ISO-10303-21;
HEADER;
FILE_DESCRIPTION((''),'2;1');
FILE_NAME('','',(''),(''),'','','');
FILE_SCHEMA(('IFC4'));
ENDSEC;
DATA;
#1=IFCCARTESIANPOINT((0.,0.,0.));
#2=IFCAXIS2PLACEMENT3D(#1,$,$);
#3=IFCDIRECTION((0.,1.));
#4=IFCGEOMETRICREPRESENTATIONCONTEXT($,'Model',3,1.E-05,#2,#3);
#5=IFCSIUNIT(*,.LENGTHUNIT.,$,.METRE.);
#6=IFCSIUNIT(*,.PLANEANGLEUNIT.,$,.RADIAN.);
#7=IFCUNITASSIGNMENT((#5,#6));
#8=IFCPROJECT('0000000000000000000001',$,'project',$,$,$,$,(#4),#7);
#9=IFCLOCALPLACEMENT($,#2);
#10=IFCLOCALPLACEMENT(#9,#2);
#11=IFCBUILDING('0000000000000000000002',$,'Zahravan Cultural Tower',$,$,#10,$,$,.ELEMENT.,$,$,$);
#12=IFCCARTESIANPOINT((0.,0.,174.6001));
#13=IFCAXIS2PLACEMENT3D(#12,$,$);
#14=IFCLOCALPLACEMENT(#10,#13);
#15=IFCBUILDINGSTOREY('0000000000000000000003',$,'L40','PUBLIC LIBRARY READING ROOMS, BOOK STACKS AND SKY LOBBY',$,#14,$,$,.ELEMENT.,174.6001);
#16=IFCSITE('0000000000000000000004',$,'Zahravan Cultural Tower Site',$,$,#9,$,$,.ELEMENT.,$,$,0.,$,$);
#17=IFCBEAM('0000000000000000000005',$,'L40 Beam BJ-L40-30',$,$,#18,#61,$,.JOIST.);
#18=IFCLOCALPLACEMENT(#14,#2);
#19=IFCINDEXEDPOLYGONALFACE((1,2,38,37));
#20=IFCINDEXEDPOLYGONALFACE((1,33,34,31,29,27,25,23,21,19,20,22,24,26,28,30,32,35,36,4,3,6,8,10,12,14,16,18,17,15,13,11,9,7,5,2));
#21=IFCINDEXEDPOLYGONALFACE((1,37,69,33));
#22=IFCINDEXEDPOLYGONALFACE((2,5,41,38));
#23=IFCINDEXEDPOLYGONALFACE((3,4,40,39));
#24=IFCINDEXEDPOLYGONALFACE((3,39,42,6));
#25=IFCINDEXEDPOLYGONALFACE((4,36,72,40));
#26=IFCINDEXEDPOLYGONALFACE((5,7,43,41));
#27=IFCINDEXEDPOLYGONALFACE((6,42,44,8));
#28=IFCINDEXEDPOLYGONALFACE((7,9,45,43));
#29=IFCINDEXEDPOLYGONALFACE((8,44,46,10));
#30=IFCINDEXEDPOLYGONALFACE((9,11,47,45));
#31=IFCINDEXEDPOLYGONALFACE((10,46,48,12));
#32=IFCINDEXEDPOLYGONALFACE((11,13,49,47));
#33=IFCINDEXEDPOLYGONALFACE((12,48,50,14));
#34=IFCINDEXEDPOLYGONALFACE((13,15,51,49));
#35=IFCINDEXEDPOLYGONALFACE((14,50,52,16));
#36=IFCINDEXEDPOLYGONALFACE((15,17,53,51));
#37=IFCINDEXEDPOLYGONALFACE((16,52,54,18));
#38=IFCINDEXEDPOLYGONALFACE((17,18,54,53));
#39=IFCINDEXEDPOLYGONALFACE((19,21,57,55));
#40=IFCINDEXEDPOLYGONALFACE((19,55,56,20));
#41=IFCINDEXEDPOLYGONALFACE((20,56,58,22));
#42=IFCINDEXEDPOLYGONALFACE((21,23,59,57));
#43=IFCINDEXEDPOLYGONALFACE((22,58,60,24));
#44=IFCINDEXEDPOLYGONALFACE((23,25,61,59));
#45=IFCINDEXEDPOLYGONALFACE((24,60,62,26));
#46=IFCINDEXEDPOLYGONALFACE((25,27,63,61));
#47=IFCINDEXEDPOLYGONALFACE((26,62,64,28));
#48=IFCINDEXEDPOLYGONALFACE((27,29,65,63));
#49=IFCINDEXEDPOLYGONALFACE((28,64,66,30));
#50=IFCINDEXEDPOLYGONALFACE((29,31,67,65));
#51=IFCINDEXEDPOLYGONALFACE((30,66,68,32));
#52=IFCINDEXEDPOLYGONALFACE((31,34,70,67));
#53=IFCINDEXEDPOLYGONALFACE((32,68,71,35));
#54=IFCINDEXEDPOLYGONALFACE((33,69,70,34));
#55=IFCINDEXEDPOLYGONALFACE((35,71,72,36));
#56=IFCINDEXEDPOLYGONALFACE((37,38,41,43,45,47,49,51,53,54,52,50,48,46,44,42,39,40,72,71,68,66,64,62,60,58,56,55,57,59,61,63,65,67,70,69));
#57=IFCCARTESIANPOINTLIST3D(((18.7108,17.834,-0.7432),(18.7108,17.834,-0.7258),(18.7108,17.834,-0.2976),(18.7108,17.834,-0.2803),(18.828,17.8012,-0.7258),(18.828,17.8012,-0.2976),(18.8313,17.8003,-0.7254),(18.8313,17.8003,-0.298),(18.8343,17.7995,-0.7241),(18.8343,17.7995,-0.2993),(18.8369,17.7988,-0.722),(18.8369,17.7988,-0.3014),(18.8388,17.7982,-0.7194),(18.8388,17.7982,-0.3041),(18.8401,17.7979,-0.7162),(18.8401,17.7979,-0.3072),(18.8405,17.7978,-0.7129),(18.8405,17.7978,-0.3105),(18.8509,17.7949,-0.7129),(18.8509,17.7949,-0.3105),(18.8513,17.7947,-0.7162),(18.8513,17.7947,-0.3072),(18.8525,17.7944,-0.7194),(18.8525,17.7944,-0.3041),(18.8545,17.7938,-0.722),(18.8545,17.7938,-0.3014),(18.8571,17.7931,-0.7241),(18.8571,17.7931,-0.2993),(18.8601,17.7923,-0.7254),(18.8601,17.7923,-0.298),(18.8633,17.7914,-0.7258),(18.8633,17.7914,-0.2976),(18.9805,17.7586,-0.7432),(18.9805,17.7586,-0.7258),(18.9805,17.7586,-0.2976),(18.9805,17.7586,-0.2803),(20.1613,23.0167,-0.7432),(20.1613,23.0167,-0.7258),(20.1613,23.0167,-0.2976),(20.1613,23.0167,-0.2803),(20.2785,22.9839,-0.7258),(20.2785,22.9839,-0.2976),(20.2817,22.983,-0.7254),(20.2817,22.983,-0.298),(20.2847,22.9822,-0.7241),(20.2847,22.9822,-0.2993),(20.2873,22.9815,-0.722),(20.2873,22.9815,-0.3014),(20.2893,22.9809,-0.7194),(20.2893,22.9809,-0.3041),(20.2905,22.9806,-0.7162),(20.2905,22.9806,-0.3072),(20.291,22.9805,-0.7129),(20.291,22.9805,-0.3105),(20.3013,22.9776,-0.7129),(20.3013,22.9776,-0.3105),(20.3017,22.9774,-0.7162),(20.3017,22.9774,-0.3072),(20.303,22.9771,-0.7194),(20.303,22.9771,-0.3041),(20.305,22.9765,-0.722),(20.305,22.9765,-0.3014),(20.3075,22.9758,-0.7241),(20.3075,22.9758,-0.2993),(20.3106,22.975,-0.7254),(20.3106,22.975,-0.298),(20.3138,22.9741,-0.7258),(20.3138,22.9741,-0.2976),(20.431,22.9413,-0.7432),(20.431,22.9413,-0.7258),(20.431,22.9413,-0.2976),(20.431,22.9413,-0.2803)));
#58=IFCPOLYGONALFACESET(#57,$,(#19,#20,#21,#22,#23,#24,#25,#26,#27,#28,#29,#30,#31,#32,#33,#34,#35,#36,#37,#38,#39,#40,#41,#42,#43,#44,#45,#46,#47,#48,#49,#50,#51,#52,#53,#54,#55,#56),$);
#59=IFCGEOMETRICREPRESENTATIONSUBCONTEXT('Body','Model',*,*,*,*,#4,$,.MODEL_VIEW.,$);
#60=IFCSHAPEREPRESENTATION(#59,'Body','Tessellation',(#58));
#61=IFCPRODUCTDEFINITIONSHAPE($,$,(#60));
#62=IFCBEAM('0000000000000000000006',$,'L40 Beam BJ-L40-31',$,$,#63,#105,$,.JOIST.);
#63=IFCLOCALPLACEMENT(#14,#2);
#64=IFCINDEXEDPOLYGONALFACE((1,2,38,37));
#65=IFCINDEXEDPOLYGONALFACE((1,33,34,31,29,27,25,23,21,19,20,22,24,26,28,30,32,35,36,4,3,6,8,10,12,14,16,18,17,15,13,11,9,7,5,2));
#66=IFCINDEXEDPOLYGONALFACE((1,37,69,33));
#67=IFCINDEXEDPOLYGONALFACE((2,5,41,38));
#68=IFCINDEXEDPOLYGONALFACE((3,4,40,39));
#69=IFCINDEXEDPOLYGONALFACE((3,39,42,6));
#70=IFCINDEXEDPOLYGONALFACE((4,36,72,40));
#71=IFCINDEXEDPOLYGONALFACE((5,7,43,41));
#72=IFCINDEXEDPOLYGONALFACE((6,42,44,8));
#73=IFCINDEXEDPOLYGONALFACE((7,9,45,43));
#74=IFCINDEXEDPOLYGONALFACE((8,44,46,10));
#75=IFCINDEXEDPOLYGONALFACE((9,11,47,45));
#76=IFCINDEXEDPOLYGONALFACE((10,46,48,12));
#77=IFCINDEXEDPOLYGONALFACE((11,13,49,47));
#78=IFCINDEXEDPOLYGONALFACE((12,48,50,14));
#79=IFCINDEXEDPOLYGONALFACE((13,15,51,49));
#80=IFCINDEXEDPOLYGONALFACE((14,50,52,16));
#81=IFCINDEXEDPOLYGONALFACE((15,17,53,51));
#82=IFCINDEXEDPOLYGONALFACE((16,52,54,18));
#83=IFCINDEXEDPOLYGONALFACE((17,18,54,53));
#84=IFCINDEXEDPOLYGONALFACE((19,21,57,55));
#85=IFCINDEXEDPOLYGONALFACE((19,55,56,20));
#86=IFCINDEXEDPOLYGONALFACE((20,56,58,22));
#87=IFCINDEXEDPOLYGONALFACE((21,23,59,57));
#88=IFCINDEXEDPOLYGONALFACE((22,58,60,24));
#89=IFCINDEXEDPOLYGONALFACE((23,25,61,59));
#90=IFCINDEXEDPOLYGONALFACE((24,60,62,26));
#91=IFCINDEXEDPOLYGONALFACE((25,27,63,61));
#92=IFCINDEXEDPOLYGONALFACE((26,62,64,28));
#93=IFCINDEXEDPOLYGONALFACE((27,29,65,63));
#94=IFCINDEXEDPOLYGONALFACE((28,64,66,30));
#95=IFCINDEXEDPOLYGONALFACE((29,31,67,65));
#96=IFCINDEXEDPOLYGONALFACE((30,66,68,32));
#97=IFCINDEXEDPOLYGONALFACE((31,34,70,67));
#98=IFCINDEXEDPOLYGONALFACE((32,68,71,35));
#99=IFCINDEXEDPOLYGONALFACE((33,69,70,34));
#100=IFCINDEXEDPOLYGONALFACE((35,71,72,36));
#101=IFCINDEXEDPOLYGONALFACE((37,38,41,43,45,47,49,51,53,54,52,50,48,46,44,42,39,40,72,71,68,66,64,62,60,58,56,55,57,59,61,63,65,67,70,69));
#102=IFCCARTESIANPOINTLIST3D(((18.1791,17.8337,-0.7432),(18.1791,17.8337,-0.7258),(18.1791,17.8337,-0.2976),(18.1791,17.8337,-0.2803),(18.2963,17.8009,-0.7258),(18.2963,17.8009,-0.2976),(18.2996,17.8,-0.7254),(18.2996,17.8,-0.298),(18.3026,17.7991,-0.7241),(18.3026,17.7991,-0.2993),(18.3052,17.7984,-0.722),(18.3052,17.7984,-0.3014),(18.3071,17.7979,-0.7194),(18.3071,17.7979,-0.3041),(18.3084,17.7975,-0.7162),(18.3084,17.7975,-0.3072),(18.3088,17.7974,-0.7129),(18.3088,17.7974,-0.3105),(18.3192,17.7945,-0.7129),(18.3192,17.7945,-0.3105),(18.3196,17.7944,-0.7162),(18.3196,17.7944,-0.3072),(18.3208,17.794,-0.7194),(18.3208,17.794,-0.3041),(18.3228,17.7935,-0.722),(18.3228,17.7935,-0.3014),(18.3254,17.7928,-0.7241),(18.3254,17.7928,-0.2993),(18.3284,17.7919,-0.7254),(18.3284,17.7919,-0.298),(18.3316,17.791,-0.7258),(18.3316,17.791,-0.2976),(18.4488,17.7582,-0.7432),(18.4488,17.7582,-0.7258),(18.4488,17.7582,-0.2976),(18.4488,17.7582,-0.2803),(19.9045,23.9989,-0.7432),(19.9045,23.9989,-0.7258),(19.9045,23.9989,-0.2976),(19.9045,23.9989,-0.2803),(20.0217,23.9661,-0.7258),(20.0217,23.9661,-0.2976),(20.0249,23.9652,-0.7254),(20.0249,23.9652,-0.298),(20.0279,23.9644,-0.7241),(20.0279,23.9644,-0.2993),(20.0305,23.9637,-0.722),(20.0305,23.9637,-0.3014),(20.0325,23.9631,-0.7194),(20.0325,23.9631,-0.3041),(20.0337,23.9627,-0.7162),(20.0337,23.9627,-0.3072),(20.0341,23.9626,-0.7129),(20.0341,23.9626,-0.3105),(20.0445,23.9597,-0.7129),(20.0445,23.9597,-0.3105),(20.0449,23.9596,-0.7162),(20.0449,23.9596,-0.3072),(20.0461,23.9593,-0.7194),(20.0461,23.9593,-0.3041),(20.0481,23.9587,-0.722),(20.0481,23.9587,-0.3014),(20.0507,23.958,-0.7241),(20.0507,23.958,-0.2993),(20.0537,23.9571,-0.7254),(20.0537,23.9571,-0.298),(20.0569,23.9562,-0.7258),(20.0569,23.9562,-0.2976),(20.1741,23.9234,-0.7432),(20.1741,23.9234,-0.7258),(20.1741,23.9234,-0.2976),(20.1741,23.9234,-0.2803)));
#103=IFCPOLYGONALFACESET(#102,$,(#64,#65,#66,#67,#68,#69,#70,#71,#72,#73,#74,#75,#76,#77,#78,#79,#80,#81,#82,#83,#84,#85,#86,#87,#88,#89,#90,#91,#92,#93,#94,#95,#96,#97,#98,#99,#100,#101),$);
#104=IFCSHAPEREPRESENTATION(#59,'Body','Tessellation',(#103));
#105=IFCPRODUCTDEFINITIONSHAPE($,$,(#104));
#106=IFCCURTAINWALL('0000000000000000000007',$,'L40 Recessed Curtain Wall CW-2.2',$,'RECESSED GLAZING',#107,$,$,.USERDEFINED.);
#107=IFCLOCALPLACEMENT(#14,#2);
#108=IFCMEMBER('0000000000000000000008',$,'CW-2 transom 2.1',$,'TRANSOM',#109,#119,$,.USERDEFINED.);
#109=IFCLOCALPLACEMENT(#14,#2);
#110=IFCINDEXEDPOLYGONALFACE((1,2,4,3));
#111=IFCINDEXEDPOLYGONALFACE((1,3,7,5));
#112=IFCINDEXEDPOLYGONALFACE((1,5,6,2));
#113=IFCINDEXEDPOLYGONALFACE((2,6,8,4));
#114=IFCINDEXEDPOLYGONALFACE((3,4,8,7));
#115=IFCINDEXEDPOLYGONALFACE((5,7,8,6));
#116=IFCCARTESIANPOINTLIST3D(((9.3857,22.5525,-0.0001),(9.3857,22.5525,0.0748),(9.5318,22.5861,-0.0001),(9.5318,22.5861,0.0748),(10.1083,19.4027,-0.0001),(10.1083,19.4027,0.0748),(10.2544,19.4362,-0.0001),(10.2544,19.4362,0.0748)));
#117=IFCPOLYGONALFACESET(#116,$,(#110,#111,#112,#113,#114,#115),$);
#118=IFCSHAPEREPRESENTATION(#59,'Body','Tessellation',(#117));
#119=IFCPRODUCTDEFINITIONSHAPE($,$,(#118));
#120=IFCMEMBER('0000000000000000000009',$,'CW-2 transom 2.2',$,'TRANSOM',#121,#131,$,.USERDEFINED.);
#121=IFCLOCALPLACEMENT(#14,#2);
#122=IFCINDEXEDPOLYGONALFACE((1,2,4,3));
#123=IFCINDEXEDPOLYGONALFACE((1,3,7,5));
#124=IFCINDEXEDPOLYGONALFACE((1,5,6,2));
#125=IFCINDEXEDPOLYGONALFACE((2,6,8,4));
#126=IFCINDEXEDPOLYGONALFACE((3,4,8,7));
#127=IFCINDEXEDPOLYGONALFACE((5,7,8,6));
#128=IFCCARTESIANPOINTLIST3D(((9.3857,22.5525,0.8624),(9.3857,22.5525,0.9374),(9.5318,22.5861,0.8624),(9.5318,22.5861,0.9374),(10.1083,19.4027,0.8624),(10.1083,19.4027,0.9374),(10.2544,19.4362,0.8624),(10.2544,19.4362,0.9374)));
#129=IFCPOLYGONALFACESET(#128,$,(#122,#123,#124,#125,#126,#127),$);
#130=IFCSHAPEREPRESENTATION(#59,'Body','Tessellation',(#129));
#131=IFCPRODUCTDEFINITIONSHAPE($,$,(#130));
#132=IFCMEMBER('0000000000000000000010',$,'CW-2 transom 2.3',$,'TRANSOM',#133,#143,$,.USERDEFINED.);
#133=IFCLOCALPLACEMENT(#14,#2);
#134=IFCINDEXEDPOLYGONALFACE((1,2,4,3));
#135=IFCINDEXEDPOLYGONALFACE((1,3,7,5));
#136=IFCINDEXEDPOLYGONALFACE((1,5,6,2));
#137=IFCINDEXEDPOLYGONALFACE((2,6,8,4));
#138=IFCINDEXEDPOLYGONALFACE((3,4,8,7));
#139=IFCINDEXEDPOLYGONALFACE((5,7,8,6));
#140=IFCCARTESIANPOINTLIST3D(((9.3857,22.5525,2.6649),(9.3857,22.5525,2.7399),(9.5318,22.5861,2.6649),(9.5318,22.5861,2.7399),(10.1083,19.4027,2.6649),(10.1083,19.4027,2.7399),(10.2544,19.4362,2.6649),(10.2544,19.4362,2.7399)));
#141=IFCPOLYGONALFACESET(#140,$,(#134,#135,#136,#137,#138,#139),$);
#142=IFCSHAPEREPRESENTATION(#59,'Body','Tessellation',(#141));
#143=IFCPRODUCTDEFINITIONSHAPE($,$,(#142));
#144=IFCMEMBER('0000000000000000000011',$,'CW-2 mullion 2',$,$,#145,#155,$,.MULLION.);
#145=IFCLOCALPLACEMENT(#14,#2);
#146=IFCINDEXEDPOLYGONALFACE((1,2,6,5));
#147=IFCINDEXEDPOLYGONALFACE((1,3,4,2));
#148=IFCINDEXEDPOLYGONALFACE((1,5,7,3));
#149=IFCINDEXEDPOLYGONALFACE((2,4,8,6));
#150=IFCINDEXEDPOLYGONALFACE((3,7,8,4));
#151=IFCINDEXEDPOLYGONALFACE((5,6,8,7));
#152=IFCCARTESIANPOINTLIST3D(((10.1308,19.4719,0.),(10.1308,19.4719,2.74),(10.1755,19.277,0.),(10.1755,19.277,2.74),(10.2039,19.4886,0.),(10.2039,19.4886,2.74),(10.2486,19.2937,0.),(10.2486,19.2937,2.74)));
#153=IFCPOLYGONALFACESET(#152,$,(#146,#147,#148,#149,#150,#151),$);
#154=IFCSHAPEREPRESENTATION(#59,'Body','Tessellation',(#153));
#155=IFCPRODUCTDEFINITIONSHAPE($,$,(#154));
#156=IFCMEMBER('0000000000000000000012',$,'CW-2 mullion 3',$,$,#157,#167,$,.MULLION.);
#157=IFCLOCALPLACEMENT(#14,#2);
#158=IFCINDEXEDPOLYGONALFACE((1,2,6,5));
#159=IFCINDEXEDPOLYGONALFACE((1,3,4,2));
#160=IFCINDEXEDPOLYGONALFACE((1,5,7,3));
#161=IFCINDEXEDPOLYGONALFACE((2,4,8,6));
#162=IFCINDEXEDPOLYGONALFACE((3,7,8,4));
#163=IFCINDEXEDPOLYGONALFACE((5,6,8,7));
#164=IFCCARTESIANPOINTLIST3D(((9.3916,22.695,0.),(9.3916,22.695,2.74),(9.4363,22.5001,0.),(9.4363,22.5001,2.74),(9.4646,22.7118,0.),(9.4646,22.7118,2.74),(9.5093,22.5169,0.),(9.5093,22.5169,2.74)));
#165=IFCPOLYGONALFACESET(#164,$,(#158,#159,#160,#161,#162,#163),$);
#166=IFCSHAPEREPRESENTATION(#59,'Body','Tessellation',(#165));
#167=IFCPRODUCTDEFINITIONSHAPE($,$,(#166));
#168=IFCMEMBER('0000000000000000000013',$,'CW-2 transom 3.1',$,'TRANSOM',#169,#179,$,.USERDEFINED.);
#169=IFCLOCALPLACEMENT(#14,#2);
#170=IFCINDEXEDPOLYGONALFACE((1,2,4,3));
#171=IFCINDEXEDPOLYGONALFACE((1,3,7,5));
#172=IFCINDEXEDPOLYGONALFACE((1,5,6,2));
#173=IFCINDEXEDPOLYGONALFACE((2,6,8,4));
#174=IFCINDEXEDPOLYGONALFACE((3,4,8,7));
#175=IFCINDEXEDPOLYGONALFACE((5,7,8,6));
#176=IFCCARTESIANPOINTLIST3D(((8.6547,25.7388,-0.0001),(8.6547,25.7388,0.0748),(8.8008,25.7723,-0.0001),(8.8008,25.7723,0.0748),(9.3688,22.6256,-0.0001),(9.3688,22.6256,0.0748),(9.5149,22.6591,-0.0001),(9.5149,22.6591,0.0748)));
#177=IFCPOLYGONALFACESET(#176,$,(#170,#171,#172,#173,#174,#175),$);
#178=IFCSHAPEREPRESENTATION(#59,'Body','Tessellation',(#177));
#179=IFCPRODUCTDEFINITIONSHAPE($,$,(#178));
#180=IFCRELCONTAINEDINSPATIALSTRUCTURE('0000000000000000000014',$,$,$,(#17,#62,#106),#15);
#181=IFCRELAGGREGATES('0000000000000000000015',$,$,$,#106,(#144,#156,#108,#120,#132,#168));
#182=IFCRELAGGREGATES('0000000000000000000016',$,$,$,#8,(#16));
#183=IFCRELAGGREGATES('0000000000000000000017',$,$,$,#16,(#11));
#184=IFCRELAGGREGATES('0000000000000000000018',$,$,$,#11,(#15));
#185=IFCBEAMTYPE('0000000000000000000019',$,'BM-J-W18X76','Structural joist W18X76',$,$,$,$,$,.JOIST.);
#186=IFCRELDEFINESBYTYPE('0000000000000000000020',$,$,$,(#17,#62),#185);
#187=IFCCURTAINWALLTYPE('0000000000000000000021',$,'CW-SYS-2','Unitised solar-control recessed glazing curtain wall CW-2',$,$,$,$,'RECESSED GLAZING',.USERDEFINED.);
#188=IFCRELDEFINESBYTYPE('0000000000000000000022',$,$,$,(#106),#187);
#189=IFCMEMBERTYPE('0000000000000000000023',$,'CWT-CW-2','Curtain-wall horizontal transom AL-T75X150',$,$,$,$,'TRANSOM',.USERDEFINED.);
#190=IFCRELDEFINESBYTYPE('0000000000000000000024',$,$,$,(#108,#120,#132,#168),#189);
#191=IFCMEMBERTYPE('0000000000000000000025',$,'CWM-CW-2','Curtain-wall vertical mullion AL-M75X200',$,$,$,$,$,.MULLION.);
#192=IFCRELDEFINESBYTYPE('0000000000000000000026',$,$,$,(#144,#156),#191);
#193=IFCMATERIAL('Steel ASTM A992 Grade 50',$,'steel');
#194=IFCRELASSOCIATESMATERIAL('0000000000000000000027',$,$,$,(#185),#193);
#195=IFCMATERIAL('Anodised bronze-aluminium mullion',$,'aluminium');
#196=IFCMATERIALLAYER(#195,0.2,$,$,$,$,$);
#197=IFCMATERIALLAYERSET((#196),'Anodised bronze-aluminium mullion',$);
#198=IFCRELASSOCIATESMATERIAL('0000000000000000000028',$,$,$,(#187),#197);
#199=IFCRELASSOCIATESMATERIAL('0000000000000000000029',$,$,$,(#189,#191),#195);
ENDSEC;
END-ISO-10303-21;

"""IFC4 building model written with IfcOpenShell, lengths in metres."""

from ifc_helpers import new_model, si_unit, direction, frame, origin, origin_2d, place, context, subcontext, project, spatial, rectangle, i_section, extrude, source, transform, mapped, material, layer, layer_set, material_profile, profile_set, type_object, element, aggregate, save


model = new_model("IFC4")

# Units and contexts
model_context = context("Model", 3, precision=1e-05, world=origin(), true_north=direction((0.0, 1.0)))
body_context = subcontext(model_context, "Body", "Model", "MODEL_VIEW")
ifc_project = project(units=[si_unit("LENGTHUNIT", "METRE"), si_unit("PLANEANGLEUNIT", "RADIAN")], contexts=[model_context])

# Site, building, storey
site_placement = place(None, origin())
site = spatial("IfcSite", under=ifc_project, at=site_placement, Name="Zahravan Cultural Tower Site", CompositionType="ELEMENT", RefElevation=0.0)
building_placement = place(site_placement, origin())
building = spatial("IfcBuilding", under=site, at=building_placement, Name="Zahravan Cultural Tower", CompositionType="ELEMENT")
storey_placement = place(building_placement, frame((0.0, 0.0, 174.6001)))
storey = spatial("IfcBuildingStorey", under=building, at=storey_placement, Name="L40", Description="PUBLIC LIBRARY READING ROOMS, BOOK STACKS AND SKY LOBBY", CompositionType="ELEMENT", Elevation=174.6001)

# Shared definitions
ifc_material_1 = material(Name="Steel ASTM A992 Grade 50", Category="steel")

# Beams
ifc_material_profile_1 = material_profile(ifc_material_1, i_section(OverallWidth=0.28, OverallDepth=0.4629, WebThickness=0.0107, FlangeThickness=0.0173, FilletRadius=0.0129, at=origin_2d()), Name="W18X76")
ifc_profile_set_1 = profile_set([ifc_material_profile_1], Name="Steel ASTM A992 Grade 50")
beam_type_1 = type_object("IfcBeamType", Name="BM-J-W18X76", Description="Structural joist W18X76", PredefinedType="JOIST", material=ifc_profile_set_1)
shared_shape_1 = source(origin(), body_context, "Body", "SweptSolid", [
    extrude(i_section(OverallWidth=0.28, OverallDepth=0.4629, WebThickness=0.0107, FlangeThickness=0.0173, FilletRadius=0.0129, at=origin_2d()), origin(), (0.0, 0.0, 1.0), 5.3818),
])
beam_1_placement = place(storey_placement, frame((20.2961, 22.979, -0.5117), z_axis=(-0.26951, -0.962997, 0.0), x_axis=(0.962997, -0.26951, 0.0)))
element("IfcBeam", 1, at=beam_1_placement, inside=storey, type_object=beam_type_1, Name="L40 Beam BJ-L40-30", PredefinedType="JOIST", context=body_context, shape_type="MappedRepresentation", body=[
    mapped(shared_shape_1, transform((0.0, 0.0, 0.0), x_axis=(1.0, 0.0, 0.0), y_axis=(0.0, 1.0, 0.0), z_axis=(0.0, 0.0, 1.0), scale=1.0)),
])
shared_shape_2 = source(origin(), body_context, "Body", "SweptSolid", [
    extrude(i_section(OverallWidth=0.28, OverallDepth=0.4629, WebThickness=0.0107, FlangeThickness=0.0173, FilletRadius=0.0129, at=origin_2d()), origin(), (0.0, 0.0, 1.0), 6.4021),
])
beam_2_placement = place(storey_placement, frame((20.0393, 23.9612, -0.5117), z_axis=(-0.269494, -0.963002, 0.0), x_axis=(0.963002, -0.269494, 0.0)))
element("IfcBeam", 2, at=beam_2_placement, inside=storey, type_object=beam_type_1, Name="L40 Beam BJ-L40-31", PredefinedType="JOIST", context=body_context, shape_type="MappedRepresentation", body=[
    mapped(shared_shape_2, transform((0.0, 0.0, 0.0), x_axis=(1.0, 0.0, 0.0), y_axis=(0.0, 1.0, 0.0), z_axis=(0.0, 0.0, 1.0), scale=1.0)),
])

# Curtain wall, members
ifc_material_2 = material(Name="Anodised bronze-aluminium mullion", Category="aluminium")
ifc_layer_1 = layer(ifc_material_2, 0.2)
ifc_layer_set_1 = layer_set([ifc_layer_1], Name="Anodised bronze-aluminium mullion")
curtain_wall_type = type_object("IfcCurtainWallType", Name="CW-SYS-2", Description="Unitised solar-control recessed glazing curtain wall CW-2", ElementType="RECESSED GLAZING", PredefinedType="USERDEFINED", material=ifc_layer_set_1)
curtain_wall_placement = place(storey_placement, origin())
curtain_wall = element("IfcCurtainWall", 3, at=curtain_wall_placement, inside=storey, type_object=curtain_wall_type, Name="L40 Recessed Curtain Wall CW-2.2", ObjectType="RECESSED GLAZING", PredefinedType="USERDEFINED")
ifc_material_profile_2 = material_profile(ifc_material_2, rectangle(XDim=0.1499, YDim=0.075, at=origin_2d()), Name="AL-T75X150")
ifc_profile_set_2 = profile_set([ifc_material_profile_2], Name="Anodised bronze-aluminium mullion")
member_type_1 = type_object("IfcMemberType", Name="CWT-CW-2", Description="Curtain-wall horizontal transom AL-T75X150", ElementType="TRANSOM", PredefinedType="USERDEFINED", material=ifc_profile_set_2)
shared_shape_3 = source(origin(), body_context, "Body", "SweptSolid", [
    extrude(rectangle(XDim=0.1499, YDim=0.075, at=origin_2d()), origin(), (0.0, 0.0, 1.0), 3.2317),
])
member_1_placement = place(storey_placement, frame((10.1814, 19.4194, 0.0374), z_axis=(-0.223612, 0.974678, 0.0), x_axis=(-0.974678, -0.223612, 0.0)))
member_1 = element("IfcMember", 4, at=member_1_placement, type_object=member_type_1, Name="CW-2 transom 2.1", ObjectType="TRANSOM", PredefinedType="USERDEFINED", context=body_context, shape_type="MappedRepresentation", body=[
    mapped(shared_shape_3, transform((0.0, 0.0, 0.0), x_axis=(1.0, 0.0, 0.0), y_axis=(0.0, 1.0, 0.0), z_axis=(0.0, 0.0, 1.0), scale=1.0)),
])
member_2_placement = place(storey_placement, frame((10.1814, 19.4194, 0.8999), z_axis=(-0.223612, 0.974678, 0.0), x_axis=(-0.974678, -0.223612, 0.0)))
member_2 = element("IfcMember", 5, at=member_2_placement, type_object=member_type_1, Name="CW-2 transom 2.2", ObjectType="TRANSOM", PredefinedType="USERDEFINED", context=body_context, shape_type="MappedRepresentation", body=[
    mapped(shared_shape_3, transform((0.0, 0.0, 0.0), x_axis=(1.0, 0.0, 0.0), y_axis=(0.0, 1.0, 0.0), z_axis=(0.0, 0.0, 1.0), scale=1.0)),
])
member_3_placement = place(storey_placement, frame((10.1814, 19.4194, 2.7024), z_axis=(-0.223612, 0.974678, 0.0), x_axis=(-0.974678, -0.223612, 0.0)))
member_3 = element("IfcMember", 6, at=member_3_placement, type_object=member_type_1, Name="CW-2 transom 2.3", ObjectType="TRANSOM", PredefinedType="USERDEFINED", context=body_context, shape_type="MappedRepresentation", body=[
    mapped(shared_shape_3, transform((0.0, 0.0, 0.0), x_axis=(1.0, 0.0, 0.0), y_axis=(0.0, 1.0, 0.0), z_axis=(0.0, 0.0, 1.0), scale=1.0)),
])
ifc_material_profile_3 = material_profile(ifc_material_2, rectangle(XDim=0.075, YDim=0.2, at=origin_2d()), Name="AL-M75X200")
ifc_profile_set_3 = profile_set([ifc_material_profile_3], Name="Anodised bronze-aluminium mullion")
member_type_2 = type_object("IfcMemberType", Name="CWM-CW-2", Description="Curtain-wall vertical mullion AL-M75X200", PredefinedType="MULLION", material=ifc_profile_set_3)
shared_shape_4 = source(origin(), body_context, "Body", "SweptSolid", [
    extrude(rectangle(XDim=0.075, YDim=0.2, at=origin_2d()), origin(), (0.0, 0.0, 1.0), 2.74),
])
member_4_placement = place(storey_placement, frame((10.1897, 19.3828, 0.0), z_axis=(0.0, 0.0, 1.0), x_axis=(-0.974681, -0.2236, 0.0)))
member_4 = element("IfcMember", 7, at=member_4_placement, type_object=member_type_2, Name="CW-2 mullion 2", PredefinedType="MULLION", context=body_context, shape_type="MappedRepresentation", body=[
    mapped(shared_shape_4, transform((0.0, 0.0, 0.0), x_axis=(1.0, 0.0, 0.0), y_axis=(0.0, 1.0, 0.0), z_axis=(0.0, 0.0, 1.0), scale=1.0)),
])
member_5_placement = place(storey_placement, frame((9.4504, 22.606, 0.0), z_axis=(0.0, 0.0, 1.0), x_axis=(-0.974681, -0.2236, 0.0)))
member_5 = element("IfcMember", 8, at=member_5_placement, type_object=member_type_2, Name="CW-2 mullion 3", PredefinedType="MULLION", context=body_context, shape_type="MappedRepresentation", body=[
    mapped(shared_shape_4, transform((0.0, 0.0, 0.0), x_axis=(1.0, 0.0, 0.0), y_axis=(0.0, 1.0, 0.0), z_axis=(0.0, 0.0, 1.0), scale=1.0)),
])
shared_shape_5 = source(origin(), body_context, "Body", "SweptSolid", [
    extrude(rectangle(XDim=0.1499, YDim=0.075, at=origin_2d()), origin(), (0.0, 0.0, 1.0), 3.1941),
])
member_6_placement = place(storey_placement, frame((9.4419, 22.6423, 0.0374), z_axis=(-0.22357, 0.974688, 0.0), x_axis=(-0.974688, -0.22357, 0.0)))
member_6 = element("IfcMember", 9, at=member_6_placement, type_object=member_type_1, Name="CW-2 transom 3.1", ObjectType="TRANSOM", PredefinedType="USERDEFINED", context=body_context, shape_type="MappedRepresentation", body=[
    mapped(shared_shape_5, transform((0.0, 0.0, 0.0), x_axis=(1.0, 0.0, 0.0), y_axis=(0.0, 1.0, 0.0), z_axis=(0.0, 0.0, 1.0), scale=1.0)),
])
aggregate(curtain_wall, [member_4, member_5, member_1, member_2, member_3, member_6])

save(model, "model.ifc")
